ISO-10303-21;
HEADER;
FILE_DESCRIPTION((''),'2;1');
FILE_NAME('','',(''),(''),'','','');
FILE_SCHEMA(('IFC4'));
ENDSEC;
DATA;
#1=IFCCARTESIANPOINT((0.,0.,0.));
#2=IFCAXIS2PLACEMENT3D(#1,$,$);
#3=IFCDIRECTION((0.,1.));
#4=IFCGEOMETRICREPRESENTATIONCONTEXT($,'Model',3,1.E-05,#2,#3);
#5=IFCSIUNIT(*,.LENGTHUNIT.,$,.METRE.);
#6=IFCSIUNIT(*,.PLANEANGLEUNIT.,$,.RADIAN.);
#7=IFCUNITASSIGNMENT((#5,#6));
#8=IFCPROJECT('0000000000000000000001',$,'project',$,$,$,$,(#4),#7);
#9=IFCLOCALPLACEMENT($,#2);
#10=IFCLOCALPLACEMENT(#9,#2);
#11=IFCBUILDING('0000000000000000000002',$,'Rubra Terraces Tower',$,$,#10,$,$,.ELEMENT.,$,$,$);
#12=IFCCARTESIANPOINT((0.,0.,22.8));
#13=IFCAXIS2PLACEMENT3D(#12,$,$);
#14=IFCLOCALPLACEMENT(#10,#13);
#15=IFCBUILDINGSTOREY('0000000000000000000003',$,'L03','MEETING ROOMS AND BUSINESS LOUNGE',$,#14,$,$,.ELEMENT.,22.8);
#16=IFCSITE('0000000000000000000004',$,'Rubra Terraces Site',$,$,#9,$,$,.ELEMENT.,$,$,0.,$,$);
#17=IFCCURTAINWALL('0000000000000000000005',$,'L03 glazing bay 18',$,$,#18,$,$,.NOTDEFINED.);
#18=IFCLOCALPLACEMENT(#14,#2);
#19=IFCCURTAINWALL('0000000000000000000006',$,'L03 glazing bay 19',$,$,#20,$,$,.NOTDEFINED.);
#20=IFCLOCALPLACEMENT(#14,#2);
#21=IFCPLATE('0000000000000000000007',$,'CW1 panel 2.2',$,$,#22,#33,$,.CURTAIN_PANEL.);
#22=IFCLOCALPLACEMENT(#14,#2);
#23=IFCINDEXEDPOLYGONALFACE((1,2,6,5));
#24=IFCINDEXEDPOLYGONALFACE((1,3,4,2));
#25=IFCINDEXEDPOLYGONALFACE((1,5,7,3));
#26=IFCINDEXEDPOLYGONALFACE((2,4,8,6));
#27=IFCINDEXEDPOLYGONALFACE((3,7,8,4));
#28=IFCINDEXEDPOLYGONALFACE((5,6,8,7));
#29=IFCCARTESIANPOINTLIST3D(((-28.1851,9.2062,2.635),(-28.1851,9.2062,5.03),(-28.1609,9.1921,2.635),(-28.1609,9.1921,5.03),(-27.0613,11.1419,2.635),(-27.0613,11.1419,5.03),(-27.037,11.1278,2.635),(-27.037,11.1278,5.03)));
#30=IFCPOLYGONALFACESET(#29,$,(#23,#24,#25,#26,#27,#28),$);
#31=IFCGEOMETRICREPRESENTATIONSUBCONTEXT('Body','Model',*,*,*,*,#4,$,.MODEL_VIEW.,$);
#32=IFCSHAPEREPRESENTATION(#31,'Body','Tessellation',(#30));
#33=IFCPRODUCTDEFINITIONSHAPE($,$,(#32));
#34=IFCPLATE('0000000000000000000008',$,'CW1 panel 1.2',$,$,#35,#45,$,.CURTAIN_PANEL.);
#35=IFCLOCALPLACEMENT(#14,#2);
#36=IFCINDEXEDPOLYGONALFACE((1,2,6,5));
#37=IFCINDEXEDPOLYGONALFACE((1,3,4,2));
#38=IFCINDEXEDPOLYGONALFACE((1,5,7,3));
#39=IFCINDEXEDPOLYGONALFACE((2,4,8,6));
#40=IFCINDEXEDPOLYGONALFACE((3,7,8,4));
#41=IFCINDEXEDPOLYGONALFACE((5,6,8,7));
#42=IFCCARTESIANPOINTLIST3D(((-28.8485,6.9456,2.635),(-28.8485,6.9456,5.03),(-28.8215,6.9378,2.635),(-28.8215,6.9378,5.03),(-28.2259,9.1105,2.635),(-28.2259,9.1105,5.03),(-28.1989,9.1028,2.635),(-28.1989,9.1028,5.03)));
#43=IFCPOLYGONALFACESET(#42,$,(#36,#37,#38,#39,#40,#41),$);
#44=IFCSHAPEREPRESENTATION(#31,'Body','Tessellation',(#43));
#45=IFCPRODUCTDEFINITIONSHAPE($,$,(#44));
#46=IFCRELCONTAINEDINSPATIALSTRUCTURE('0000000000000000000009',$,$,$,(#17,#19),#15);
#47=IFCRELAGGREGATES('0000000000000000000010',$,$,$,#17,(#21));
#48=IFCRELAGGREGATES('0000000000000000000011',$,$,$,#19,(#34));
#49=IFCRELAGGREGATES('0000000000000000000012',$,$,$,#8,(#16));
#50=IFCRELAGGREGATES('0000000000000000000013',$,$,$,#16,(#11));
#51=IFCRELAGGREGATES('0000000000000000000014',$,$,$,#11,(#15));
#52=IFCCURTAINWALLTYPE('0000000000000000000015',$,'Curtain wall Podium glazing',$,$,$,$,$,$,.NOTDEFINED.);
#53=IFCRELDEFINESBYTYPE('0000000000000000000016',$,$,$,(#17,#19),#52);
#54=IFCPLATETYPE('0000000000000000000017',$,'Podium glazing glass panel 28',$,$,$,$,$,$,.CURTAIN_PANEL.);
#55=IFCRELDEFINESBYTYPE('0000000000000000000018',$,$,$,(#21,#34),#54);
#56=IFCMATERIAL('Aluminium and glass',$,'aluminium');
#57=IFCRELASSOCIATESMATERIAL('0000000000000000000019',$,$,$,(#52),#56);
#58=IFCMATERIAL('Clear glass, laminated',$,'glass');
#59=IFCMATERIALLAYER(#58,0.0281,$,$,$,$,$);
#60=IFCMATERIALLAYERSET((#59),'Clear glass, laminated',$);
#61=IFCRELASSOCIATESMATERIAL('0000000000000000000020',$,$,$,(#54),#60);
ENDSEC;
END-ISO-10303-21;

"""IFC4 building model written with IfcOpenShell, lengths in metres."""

from ifc_helpers import new_model, si_unit, direction, frame, origin, origin_2d, place, context, subcontext, project, spatial, rectangle, extrude, material, layer, layer_set, type_object, element, aggregate, save


model = new_model("IFC4")

# Units and contexts
model_context = context("Model", 3, precision=1e-05, world=origin(), true_north=direction((0.0, 1.0)))
body_context = subcontext(model_context, "Body", "Model", "MODEL_VIEW")
ifc_project = project(units=[si_unit("LENGTHUNIT", "METRE"), si_unit("PLANEANGLEUNIT", "RADIAN")], contexts=[model_context])

# Site, building, storey
site_placement = place(None, origin())
site = spatial("IfcSite", under=ifc_project, at=site_placement, Name="Rubra Terraces Site", CompositionType="ELEMENT", RefElevation=0.0)
building_placement = place(site_placement, origin())
building = spatial("IfcBuilding", under=site, at=building_placement, Name="Rubra Terraces Tower", CompositionType="ELEMENT")
storey_placement = place(building_placement, frame((0.0, 0.0, 22.8)))
storey = spatial("IfcBuildingStorey", under=building, at=storey_placement, Name="L03", Description="MEETING ROOMS AND BUSINESS LOUNGE", CompositionType="ELEMENT", Elevation=22.8)

# Curtain wall
ifc_material_1 = material(Name="Aluminium and glass", Category="aluminium")
curtain_wall_type = type_object("IfcCurtainWallType", Name="Curtain wall Podium glazing", PredefinedType="NOTDEFINED", material=ifc_material_1)
curtain_wall_1_placement = place(storey_placement, origin())
curtain_wall_1 = element("IfcCurtainWall", 1, at=curtain_wall_1_placement, inside=storey, type_object=curtain_wall_type, Name="L03 glazing bay 18", PredefinedType="NOTDEFINED")

# Curtain wall
curtain_wall_2_placement = place(storey_placement, origin())
curtain_wall_2 = element("IfcCurtainWall", 2, at=curtain_wall_2_placement, inside=storey, type_object=curtain_wall_type, Name="L03 glazing bay 19", PredefinedType="NOTDEFINED")

# Plates
ifc_material_2 = material(Name="Clear glass, laminated", Category="glass")
ifc_layer = layer(ifc_material_2, 0.0281)
ifc_layer_set = layer_set([ifc_layer], Name="Clear glass, laminated")
plate_type = type_object("IfcPlateType", Name="Podium glazing glass panel 28", PredefinedType="CURTAIN_PANEL", material=ifc_layer_set)
plate_1_placement = place(storey_placement, frame((-27.6111, 10.167, 2.635), z_axis=(0.0, 0.0, 1.0), x_axis=(-0.502094, -0.864813, 0.0)))
plate_1 = element("IfcPlate", 3, at=plate_1_placement, type_object=plate_type, Name="CW1 panel 2.2", PredefinedType="CURTAIN_PANEL", context=body_context, shape_type="SweptSolid", body=[
    extrude(rectangle(XDim=2.2383, YDim=0.0281, at=origin_2d()), origin(), (0.0, 0.0, 1.0), 2.395),
])
aggregate(curtain_wall_1, [plate_1])
plate_2_placement = place(storey_placement, frame((-28.5237, 8.0242, 2.635), z_axis=(0.0, 0.0, 1.0), x_axis=(-0.276384, -0.961047, 0.0)))
plate_2 = element("IfcPlate", 4, at=plate_2_placement, type_object=plate_type, Name="CW1 panel 1.2", PredefinedType="CURTAIN_PANEL", context=body_context, shape_type="SweptSolid", body=[
    extrude(rectangle(XDim=2.2527, YDim=0.0281, at=origin_2d()), origin(), (0.0, 0.0, 1.0), 2.395),
])
aggregate(curtain_wall_2, [plate_2])

save(model, "model.ifc")
